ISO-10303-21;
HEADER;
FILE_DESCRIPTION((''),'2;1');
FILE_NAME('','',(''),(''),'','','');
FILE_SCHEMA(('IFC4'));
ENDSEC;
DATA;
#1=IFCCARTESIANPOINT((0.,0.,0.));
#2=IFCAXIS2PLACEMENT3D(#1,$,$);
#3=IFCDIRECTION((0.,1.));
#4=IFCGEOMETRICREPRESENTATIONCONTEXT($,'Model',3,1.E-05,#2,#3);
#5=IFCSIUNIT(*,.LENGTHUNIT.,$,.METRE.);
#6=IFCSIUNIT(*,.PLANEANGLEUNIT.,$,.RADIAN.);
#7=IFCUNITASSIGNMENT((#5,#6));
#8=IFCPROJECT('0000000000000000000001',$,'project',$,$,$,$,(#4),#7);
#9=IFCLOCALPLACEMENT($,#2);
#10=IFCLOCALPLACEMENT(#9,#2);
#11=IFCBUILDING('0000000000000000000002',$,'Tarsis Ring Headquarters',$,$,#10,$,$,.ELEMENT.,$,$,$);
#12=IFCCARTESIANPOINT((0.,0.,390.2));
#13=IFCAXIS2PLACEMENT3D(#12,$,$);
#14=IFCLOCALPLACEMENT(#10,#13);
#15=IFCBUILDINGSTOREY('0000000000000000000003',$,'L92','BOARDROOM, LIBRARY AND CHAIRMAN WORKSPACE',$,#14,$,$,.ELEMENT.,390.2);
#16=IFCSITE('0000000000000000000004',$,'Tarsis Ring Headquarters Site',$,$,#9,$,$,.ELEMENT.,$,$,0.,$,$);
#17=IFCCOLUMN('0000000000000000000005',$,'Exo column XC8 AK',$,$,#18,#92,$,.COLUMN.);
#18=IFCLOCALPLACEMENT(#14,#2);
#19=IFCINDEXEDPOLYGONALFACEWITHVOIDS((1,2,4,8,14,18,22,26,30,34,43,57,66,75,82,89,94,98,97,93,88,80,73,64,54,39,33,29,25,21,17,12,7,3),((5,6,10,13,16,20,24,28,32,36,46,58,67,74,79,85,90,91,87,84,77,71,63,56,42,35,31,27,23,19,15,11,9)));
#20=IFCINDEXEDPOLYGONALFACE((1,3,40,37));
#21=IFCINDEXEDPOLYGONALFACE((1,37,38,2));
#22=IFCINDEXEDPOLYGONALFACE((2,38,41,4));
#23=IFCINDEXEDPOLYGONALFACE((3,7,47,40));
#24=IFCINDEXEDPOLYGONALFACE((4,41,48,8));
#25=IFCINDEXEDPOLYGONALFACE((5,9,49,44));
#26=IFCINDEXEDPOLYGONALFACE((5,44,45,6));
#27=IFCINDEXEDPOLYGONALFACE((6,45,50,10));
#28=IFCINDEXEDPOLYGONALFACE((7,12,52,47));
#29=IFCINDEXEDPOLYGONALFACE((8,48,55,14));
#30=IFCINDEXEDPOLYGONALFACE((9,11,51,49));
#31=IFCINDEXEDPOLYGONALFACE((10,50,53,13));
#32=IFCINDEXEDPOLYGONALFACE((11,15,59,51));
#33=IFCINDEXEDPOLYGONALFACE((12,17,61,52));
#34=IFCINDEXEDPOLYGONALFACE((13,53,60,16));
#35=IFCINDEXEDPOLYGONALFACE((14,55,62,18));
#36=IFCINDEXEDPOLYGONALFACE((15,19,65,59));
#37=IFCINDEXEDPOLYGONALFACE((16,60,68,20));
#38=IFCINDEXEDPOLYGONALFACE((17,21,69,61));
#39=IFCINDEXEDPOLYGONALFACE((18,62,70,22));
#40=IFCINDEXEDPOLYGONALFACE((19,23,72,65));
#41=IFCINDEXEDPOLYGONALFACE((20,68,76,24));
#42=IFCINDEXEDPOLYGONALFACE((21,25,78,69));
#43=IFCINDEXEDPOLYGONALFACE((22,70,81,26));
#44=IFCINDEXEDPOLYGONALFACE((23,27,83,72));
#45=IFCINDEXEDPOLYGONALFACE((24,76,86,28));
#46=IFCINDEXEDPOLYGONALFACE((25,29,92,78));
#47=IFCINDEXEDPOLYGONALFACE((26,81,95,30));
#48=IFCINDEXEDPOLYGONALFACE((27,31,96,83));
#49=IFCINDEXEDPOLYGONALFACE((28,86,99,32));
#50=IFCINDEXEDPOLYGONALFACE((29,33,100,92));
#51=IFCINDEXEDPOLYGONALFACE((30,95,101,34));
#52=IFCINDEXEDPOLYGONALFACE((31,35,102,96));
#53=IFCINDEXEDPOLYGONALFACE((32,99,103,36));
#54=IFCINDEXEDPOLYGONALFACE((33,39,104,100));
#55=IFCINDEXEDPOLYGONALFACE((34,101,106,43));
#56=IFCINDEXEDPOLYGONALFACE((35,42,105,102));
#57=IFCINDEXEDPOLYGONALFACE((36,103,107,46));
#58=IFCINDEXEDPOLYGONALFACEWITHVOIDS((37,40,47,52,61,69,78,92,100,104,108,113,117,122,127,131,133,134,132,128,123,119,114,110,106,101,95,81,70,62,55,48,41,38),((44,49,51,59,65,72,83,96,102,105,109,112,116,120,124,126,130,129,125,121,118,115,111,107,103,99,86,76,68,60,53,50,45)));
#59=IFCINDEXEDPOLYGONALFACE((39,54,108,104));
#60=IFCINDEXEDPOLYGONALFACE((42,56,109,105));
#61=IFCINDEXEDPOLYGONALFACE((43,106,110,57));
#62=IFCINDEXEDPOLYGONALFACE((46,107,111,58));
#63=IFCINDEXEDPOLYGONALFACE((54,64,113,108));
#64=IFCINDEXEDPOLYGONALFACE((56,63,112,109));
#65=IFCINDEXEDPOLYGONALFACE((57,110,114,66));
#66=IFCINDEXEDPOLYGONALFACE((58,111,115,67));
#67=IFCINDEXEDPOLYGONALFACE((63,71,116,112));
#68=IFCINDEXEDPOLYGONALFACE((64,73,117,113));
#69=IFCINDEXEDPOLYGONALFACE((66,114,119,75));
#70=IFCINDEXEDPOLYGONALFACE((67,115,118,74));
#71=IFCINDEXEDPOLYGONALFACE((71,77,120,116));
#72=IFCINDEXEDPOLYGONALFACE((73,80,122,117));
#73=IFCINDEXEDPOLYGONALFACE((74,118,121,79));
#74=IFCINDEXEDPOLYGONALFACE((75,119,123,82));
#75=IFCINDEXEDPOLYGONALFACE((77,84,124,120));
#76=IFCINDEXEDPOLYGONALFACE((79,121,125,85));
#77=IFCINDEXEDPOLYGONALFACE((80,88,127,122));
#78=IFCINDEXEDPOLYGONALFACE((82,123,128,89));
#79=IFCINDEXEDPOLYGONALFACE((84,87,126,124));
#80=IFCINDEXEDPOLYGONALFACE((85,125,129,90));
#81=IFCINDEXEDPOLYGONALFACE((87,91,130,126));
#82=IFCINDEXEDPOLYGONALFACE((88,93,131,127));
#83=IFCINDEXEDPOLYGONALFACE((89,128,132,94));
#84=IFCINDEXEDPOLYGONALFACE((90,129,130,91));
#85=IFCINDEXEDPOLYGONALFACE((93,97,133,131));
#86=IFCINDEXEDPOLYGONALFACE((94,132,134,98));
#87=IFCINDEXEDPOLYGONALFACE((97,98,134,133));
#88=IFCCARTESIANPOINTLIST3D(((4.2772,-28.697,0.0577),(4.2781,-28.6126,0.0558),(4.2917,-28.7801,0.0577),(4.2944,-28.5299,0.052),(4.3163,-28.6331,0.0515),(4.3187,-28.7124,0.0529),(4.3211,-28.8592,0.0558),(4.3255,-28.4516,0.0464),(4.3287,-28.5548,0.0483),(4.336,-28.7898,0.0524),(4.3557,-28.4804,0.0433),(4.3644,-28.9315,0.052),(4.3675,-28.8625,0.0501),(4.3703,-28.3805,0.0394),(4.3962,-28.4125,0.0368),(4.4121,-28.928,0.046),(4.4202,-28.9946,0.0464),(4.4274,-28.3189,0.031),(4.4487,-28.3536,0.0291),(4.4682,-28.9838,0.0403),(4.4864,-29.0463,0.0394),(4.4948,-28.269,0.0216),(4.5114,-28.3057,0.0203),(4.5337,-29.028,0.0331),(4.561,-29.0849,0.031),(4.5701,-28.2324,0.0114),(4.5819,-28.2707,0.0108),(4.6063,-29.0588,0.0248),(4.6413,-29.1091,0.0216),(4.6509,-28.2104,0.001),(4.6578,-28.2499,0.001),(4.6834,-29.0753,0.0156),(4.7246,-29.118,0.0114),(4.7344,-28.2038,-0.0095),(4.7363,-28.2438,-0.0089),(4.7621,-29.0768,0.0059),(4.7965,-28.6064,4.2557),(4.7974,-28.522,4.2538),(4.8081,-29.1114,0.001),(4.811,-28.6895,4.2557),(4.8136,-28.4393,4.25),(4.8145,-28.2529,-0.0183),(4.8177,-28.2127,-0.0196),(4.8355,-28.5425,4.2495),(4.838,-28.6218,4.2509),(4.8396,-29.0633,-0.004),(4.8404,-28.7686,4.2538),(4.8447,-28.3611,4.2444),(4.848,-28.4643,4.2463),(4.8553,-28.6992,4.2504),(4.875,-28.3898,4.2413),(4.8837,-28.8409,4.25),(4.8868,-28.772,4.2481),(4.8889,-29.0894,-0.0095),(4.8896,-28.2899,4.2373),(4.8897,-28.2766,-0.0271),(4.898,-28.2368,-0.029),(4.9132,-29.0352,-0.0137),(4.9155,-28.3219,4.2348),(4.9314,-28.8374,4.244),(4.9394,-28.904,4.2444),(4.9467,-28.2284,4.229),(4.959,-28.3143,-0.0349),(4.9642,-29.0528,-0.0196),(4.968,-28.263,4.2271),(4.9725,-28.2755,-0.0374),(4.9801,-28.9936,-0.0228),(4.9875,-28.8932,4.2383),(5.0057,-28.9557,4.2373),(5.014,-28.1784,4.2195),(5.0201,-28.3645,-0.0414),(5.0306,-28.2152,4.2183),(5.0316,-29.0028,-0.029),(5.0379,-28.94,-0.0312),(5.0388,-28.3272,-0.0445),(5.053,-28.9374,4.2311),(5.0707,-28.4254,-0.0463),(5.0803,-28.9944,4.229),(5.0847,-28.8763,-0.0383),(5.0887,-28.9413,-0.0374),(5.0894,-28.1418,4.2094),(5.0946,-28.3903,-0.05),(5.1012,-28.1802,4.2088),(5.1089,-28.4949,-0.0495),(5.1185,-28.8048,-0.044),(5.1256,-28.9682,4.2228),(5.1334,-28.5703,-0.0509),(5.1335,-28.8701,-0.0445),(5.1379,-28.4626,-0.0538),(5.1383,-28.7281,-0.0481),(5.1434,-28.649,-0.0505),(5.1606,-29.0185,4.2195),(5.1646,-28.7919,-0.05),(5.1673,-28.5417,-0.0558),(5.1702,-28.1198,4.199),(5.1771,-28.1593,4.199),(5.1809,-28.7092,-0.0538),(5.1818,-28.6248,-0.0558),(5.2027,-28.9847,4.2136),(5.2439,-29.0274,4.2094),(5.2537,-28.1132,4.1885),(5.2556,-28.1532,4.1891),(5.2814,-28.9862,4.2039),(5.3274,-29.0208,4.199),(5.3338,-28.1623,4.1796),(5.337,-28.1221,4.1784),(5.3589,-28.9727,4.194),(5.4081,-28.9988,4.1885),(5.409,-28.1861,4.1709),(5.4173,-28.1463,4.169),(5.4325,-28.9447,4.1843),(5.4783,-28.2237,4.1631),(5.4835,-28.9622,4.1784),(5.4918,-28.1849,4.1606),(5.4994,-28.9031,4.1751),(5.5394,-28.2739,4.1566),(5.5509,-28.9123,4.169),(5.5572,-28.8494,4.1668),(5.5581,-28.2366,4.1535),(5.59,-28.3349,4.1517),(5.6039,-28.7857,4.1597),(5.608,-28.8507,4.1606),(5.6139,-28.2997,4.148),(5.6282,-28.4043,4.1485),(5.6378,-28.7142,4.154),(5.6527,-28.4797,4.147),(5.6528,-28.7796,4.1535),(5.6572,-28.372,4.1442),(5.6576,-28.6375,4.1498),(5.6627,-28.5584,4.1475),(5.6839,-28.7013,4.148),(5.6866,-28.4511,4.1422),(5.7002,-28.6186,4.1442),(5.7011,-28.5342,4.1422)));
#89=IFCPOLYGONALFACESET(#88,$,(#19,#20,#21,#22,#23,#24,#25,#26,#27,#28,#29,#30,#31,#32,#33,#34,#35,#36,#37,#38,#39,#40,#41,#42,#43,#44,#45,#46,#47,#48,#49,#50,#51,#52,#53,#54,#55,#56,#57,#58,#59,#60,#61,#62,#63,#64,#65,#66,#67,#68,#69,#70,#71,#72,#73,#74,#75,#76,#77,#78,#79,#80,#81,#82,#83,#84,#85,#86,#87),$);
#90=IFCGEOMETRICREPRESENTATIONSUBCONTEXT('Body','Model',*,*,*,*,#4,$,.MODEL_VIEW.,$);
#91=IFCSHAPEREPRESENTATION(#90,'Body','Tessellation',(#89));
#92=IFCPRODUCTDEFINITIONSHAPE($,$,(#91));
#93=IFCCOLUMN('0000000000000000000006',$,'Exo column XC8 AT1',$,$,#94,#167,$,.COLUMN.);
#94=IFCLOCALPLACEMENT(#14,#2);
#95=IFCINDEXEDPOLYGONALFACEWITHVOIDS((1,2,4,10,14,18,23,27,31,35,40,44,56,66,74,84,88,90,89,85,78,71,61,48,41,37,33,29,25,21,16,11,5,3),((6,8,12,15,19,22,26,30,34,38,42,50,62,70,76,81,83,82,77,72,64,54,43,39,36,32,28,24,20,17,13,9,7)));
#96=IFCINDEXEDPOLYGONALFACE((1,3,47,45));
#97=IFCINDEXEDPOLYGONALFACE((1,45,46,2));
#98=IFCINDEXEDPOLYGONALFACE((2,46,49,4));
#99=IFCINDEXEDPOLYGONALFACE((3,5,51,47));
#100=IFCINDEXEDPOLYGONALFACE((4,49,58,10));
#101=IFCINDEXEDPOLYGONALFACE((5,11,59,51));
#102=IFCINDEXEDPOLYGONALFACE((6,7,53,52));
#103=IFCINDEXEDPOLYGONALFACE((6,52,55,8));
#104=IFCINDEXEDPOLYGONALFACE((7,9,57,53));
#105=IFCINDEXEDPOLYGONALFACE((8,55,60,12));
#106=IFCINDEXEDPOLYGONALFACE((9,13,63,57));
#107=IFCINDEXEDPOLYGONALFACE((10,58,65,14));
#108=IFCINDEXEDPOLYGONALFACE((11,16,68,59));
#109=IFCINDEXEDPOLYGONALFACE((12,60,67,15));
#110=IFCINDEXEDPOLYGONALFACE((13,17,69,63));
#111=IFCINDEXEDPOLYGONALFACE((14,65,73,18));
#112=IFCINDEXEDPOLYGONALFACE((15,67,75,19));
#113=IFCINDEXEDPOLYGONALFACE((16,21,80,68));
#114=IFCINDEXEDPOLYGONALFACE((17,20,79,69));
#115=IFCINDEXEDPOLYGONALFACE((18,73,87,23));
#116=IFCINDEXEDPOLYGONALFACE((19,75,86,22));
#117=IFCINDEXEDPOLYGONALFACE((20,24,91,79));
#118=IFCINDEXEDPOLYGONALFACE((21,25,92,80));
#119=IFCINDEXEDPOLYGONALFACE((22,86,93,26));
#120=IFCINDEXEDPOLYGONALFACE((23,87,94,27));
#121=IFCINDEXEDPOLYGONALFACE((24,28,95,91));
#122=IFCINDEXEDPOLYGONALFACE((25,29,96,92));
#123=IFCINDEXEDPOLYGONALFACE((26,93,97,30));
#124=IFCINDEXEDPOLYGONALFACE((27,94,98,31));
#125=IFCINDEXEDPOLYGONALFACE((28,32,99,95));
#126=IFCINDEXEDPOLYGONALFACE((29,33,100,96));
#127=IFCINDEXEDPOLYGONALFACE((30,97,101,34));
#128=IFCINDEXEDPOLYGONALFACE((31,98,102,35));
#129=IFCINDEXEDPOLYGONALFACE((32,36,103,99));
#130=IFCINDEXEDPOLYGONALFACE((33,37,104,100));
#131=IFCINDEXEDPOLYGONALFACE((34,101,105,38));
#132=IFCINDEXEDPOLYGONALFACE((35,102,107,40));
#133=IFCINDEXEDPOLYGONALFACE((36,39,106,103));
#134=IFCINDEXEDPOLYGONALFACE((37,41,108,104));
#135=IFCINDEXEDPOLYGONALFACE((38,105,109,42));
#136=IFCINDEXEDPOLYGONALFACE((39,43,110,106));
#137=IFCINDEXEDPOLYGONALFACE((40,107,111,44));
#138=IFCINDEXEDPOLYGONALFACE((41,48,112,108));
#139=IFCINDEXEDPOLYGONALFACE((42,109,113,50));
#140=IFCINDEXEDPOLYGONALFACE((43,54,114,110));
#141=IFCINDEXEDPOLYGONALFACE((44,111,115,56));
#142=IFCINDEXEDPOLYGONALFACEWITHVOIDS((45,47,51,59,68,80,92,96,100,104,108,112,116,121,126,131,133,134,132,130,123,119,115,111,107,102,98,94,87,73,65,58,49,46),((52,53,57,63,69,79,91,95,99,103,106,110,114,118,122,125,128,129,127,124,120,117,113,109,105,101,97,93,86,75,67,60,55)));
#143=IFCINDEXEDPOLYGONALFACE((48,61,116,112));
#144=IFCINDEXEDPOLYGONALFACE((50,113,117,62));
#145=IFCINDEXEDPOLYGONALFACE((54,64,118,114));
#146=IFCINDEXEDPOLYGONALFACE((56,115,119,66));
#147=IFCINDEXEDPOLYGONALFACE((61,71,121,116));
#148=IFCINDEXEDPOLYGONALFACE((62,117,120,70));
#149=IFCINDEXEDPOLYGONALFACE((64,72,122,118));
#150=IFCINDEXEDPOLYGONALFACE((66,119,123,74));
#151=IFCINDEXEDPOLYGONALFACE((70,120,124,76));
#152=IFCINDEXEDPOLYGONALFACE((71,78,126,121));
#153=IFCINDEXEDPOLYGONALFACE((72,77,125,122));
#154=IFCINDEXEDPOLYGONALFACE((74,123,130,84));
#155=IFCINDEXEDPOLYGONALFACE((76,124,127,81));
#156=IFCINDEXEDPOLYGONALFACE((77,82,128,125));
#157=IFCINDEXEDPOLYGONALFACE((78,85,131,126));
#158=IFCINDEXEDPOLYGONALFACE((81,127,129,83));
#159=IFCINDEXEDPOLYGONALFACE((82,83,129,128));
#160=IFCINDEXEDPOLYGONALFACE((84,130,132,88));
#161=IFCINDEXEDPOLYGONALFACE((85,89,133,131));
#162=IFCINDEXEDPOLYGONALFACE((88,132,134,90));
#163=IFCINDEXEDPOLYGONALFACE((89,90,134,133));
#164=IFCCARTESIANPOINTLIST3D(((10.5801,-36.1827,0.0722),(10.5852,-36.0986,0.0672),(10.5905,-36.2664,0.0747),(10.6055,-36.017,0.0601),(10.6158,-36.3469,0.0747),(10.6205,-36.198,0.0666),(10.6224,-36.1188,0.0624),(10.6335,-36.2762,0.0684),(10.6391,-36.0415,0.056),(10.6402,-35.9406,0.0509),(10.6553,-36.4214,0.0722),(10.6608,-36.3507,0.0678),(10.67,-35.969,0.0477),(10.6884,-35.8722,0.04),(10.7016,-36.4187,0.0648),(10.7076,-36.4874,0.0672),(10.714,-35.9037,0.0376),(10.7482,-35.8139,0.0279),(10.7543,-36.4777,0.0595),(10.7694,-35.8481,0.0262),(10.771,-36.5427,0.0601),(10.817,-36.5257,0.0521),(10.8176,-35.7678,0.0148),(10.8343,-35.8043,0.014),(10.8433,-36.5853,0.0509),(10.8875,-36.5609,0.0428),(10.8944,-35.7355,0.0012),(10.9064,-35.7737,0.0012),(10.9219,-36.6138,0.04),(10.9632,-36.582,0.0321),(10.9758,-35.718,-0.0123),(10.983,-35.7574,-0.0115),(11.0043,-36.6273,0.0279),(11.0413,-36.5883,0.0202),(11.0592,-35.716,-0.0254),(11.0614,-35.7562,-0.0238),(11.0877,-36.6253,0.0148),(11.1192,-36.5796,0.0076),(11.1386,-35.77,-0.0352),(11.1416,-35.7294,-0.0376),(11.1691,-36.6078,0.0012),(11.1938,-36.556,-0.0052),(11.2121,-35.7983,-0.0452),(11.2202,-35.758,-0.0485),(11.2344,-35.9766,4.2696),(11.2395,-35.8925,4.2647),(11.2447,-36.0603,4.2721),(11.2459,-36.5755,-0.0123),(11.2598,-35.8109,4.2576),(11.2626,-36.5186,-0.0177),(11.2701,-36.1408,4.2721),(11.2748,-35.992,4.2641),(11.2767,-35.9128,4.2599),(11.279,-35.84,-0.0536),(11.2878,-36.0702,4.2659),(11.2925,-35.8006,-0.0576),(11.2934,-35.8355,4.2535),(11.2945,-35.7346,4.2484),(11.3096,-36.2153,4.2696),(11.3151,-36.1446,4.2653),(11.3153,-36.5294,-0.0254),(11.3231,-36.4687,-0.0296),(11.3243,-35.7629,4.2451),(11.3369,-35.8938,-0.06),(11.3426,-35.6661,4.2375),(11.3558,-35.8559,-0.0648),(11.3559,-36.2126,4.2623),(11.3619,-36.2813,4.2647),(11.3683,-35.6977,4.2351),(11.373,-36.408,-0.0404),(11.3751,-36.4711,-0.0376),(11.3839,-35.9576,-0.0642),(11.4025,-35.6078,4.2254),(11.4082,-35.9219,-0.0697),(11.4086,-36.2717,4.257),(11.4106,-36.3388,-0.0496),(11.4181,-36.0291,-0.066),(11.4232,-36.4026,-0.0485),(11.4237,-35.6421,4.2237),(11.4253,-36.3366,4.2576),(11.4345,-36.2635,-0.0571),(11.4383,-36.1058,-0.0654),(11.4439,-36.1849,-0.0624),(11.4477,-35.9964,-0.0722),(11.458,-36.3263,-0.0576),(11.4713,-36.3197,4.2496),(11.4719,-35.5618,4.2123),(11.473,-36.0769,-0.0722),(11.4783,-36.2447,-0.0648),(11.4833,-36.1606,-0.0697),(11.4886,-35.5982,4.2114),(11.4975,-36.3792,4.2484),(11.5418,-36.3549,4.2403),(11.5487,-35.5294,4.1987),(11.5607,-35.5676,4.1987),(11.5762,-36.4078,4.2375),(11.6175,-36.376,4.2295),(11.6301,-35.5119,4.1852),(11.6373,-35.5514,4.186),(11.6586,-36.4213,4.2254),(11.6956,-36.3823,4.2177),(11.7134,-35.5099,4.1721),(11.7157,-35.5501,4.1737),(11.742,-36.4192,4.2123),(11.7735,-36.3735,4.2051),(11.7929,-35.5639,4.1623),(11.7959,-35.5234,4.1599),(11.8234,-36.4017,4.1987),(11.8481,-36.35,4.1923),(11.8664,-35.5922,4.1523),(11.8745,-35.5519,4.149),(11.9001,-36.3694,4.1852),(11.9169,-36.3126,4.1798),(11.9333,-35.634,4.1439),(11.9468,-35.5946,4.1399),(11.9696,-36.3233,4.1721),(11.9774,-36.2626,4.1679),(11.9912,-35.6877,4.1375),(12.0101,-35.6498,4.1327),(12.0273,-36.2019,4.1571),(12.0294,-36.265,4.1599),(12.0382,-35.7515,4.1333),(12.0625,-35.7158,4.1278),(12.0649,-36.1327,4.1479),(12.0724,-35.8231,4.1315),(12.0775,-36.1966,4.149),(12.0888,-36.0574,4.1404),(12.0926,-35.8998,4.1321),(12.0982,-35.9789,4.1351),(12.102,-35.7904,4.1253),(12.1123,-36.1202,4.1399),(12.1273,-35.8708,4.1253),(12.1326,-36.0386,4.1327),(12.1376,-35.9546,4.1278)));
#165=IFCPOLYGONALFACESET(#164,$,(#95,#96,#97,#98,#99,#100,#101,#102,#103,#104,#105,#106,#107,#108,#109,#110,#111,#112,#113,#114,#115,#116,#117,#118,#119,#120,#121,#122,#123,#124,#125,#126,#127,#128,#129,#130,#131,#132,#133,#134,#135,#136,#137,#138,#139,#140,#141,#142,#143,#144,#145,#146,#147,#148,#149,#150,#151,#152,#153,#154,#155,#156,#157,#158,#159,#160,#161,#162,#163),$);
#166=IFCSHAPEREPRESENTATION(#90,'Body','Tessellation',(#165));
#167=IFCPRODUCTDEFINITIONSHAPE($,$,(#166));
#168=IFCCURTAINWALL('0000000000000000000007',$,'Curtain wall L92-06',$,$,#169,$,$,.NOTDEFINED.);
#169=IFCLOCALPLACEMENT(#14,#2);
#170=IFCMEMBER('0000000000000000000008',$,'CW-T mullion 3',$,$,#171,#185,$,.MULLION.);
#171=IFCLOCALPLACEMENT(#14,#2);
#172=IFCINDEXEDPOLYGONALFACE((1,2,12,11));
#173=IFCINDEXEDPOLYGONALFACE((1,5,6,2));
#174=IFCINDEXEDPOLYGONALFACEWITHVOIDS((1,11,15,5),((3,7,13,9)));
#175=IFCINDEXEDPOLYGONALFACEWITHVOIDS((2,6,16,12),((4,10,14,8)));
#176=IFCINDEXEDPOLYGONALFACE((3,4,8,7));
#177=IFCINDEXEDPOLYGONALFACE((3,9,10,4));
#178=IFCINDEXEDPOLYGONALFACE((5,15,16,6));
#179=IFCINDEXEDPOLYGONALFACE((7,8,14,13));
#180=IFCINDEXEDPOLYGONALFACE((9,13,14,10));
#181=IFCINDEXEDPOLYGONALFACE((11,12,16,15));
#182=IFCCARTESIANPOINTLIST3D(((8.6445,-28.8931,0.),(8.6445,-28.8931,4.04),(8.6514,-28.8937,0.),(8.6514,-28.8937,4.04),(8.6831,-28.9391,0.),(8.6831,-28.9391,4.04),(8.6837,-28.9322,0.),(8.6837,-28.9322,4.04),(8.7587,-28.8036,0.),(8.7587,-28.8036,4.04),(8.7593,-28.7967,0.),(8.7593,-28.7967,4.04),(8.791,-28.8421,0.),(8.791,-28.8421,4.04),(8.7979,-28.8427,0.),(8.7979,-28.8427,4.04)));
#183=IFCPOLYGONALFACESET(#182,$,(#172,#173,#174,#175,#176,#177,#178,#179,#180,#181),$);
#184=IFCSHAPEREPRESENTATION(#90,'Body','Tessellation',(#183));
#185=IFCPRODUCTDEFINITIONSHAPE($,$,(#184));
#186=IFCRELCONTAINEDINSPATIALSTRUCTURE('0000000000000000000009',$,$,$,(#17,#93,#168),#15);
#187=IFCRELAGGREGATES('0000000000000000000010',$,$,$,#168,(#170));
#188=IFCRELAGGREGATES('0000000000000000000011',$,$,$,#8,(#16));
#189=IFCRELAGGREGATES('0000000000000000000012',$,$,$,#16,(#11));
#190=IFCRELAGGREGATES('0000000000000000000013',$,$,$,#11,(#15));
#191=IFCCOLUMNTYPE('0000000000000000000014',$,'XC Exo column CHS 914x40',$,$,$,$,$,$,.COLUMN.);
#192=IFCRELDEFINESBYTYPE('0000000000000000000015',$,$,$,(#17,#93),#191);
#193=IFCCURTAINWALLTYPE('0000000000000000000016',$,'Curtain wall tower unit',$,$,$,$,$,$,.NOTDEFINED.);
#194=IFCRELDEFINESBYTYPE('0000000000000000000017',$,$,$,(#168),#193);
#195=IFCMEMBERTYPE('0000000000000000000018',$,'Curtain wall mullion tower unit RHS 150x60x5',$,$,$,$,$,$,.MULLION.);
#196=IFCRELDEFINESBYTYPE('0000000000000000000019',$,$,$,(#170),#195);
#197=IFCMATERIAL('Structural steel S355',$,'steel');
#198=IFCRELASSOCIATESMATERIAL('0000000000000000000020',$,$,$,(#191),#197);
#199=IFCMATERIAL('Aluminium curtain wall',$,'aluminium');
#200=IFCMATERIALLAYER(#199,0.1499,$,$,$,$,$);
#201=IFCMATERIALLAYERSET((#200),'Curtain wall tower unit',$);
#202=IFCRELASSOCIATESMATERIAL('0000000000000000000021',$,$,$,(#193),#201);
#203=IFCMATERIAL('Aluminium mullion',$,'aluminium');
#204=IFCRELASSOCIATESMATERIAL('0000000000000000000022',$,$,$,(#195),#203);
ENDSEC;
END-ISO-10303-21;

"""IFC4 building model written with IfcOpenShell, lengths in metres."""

from ifc_helpers import new_model, si_unit, direction, frame, origin, origin_2d, place, context, subcontext, project, spatial, hollow_rectangle, hollow_circle, extrude, material, layer, layer_set, material_profile, profile_set, type_object, element, aggregate, save


model = new_model("IFC4")

# Units and contexts
model_context = context("Model", 3, precision=1e-05, world=origin(), true_north=direction((0.0, 1.0)))
body_context = subcontext(model_context, "Body", "Model", "MODEL_VIEW")
ifc_project = project(units=[si_unit("LENGTHUNIT", "METRE"), si_unit("PLANEANGLEUNIT", "RADIAN")], contexts=[model_context])

# Site, building, storey
site_placement = place(None, origin())
site = spatial("IfcSite", under=ifc_project, at=site_placement, Name="Tarsis Ring Headquarters Site", CompositionType="ELEMENT", RefElevation=0.0)
building_placement = place(site_placement, origin())
building = spatial("IfcBuilding", under=site, at=building_placement, Name="Tarsis Ring Headquarters", CompositionType="ELEMENT")
storey_placement = place(building_placement, frame((0.0, 0.0, 390.2)))
storey = spatial("IfcBuildingStorey", under=building, at=storey_placement, Name="L92", Description="BOARDROOM, LIBRARY AND CHAIRMAN WORKSPACE", CompositionType="ELEMENT", Elevation=390.2)

# Columns
ifc_material_1 = material(Name="Structural steel S355", Category="steel")
ifc_material_profile_1 = material_profile(ifc_material_1, hollow_circle(Radius=0.457, WallThickness=0.04, at=origin_2d()), Name="CHS 914x40")
ifc_profile_set_1 = profile_set([ifc_material_profile_1], Name="Structural steel S355")
column_type = type_object("IfcColumnType", Name="XC Exo column CHS 914x40", PredefinedType="COLUMN", material=ifc_profile_set_1)
column_1_placement = place(storey_placement, frame((4.7295, -28.6609, 0.001), z_axis=(0.122735, 0.021408, 0.992209), x_axis=(-0.17183, 0.985127, 0.0)))
element("IfcColumn", 1, at=column_1_placement, inside=storey, type_object=column_type, Name="Exo column XC8 AK", PredefinedType="COLUMN", context=body_context, shape_type="SweptSolid", body=[
    extrude(hollow_circle(Radius=0.4573, WallThickness=0.04, at=origin_2d()), origin(), (0.0, 0.0, 1.0), 4.231),
])
column_2_placement = place(storey_placement, frame((11.0317, -36.1716, 0.0012), z_axis=(0.153837, 0.048447, 0.986908), x_axis=(-0.300382, 0.953819, 0.0)))
element("IfcColumn", 2, at=column_2_placement, inside=storey, type_object=column_type, Name="Exo column XC8 AT1", PredefinedType="COLUMN", context=body_context, shape_type="SweptSolid", body=[
    extrude(hollow_circle(Radius=0.4573, WallThickness=0.04, at=origin_2d()), origin(), (0.0, 0.0, 1.0), 4.2532),
])

# Curtain wall, member
ifc_material_2 = material(Name="Aluminium curtain wall", Category="aluminium")
ifc_layer_1 = layer(ifc_material_2, 0.1499)
ifc_layer_set_1 = layer_set([ifc_layer_1], Name="Curtain wall tower unit")
curtain_wall_type = type_object("IfcCurtainWallType", Name="Curtain wall tower unit", PredefinedType="NOTDEFINED", material=ifc_layer_set_1)
curtain_wall_placement = place(storey_placement, origin())
curtain_wall = element("IfcCurtainWall", 3, at=curtain_wall_placement, inside=storey, type_object=curtain_wall_type, Name="Curtain wall L92-06", PredefinedType="NOTDEFINED")
ifc_material_3 = material(Name="Aluminium mullion", Category="aluminium")
ifc_material_profile_2 = material_profile(ifc_material_3, hollow_rectangle(XDim=0.1499, YDim=0.0601, WallThickness=0.0049, at=origin_2d()), Name="RHS 150x60x5")
ifc_profile_set_2 = profile_set([ifc_material_profile_2], Name="Aluminium mullion")
member_type = type_object("IfcMemberType", Name="Curtain wall mullion tower unit RHS 150x60x5", PredefinedType="MULLION", material=ifc_profile_set_2)
member_placement = place(storey_placement, frame((8.7212, -28.8679, 0.0), z_axis=(0.0, 0.0, 1.0), x_axis=(0.766044, 0.642788, 0.0)))
member = element("IfcMember", 4, at=member_placement, type_object=member_type, Name="CW-T mullion 3", PredefinedType="MULLION", context=body_context, shape_type="SweptSolid", body=[
    extrude(hollow_rectangle(XDim=0.1499, YDim=0.0601, WallThickness=0.0049, at=origin_2d()), origin(), (0.0, 0.0, 1.0), 4.04),
])

aggregate(curtain_wall, [member])

save(model, "model.ifc")
